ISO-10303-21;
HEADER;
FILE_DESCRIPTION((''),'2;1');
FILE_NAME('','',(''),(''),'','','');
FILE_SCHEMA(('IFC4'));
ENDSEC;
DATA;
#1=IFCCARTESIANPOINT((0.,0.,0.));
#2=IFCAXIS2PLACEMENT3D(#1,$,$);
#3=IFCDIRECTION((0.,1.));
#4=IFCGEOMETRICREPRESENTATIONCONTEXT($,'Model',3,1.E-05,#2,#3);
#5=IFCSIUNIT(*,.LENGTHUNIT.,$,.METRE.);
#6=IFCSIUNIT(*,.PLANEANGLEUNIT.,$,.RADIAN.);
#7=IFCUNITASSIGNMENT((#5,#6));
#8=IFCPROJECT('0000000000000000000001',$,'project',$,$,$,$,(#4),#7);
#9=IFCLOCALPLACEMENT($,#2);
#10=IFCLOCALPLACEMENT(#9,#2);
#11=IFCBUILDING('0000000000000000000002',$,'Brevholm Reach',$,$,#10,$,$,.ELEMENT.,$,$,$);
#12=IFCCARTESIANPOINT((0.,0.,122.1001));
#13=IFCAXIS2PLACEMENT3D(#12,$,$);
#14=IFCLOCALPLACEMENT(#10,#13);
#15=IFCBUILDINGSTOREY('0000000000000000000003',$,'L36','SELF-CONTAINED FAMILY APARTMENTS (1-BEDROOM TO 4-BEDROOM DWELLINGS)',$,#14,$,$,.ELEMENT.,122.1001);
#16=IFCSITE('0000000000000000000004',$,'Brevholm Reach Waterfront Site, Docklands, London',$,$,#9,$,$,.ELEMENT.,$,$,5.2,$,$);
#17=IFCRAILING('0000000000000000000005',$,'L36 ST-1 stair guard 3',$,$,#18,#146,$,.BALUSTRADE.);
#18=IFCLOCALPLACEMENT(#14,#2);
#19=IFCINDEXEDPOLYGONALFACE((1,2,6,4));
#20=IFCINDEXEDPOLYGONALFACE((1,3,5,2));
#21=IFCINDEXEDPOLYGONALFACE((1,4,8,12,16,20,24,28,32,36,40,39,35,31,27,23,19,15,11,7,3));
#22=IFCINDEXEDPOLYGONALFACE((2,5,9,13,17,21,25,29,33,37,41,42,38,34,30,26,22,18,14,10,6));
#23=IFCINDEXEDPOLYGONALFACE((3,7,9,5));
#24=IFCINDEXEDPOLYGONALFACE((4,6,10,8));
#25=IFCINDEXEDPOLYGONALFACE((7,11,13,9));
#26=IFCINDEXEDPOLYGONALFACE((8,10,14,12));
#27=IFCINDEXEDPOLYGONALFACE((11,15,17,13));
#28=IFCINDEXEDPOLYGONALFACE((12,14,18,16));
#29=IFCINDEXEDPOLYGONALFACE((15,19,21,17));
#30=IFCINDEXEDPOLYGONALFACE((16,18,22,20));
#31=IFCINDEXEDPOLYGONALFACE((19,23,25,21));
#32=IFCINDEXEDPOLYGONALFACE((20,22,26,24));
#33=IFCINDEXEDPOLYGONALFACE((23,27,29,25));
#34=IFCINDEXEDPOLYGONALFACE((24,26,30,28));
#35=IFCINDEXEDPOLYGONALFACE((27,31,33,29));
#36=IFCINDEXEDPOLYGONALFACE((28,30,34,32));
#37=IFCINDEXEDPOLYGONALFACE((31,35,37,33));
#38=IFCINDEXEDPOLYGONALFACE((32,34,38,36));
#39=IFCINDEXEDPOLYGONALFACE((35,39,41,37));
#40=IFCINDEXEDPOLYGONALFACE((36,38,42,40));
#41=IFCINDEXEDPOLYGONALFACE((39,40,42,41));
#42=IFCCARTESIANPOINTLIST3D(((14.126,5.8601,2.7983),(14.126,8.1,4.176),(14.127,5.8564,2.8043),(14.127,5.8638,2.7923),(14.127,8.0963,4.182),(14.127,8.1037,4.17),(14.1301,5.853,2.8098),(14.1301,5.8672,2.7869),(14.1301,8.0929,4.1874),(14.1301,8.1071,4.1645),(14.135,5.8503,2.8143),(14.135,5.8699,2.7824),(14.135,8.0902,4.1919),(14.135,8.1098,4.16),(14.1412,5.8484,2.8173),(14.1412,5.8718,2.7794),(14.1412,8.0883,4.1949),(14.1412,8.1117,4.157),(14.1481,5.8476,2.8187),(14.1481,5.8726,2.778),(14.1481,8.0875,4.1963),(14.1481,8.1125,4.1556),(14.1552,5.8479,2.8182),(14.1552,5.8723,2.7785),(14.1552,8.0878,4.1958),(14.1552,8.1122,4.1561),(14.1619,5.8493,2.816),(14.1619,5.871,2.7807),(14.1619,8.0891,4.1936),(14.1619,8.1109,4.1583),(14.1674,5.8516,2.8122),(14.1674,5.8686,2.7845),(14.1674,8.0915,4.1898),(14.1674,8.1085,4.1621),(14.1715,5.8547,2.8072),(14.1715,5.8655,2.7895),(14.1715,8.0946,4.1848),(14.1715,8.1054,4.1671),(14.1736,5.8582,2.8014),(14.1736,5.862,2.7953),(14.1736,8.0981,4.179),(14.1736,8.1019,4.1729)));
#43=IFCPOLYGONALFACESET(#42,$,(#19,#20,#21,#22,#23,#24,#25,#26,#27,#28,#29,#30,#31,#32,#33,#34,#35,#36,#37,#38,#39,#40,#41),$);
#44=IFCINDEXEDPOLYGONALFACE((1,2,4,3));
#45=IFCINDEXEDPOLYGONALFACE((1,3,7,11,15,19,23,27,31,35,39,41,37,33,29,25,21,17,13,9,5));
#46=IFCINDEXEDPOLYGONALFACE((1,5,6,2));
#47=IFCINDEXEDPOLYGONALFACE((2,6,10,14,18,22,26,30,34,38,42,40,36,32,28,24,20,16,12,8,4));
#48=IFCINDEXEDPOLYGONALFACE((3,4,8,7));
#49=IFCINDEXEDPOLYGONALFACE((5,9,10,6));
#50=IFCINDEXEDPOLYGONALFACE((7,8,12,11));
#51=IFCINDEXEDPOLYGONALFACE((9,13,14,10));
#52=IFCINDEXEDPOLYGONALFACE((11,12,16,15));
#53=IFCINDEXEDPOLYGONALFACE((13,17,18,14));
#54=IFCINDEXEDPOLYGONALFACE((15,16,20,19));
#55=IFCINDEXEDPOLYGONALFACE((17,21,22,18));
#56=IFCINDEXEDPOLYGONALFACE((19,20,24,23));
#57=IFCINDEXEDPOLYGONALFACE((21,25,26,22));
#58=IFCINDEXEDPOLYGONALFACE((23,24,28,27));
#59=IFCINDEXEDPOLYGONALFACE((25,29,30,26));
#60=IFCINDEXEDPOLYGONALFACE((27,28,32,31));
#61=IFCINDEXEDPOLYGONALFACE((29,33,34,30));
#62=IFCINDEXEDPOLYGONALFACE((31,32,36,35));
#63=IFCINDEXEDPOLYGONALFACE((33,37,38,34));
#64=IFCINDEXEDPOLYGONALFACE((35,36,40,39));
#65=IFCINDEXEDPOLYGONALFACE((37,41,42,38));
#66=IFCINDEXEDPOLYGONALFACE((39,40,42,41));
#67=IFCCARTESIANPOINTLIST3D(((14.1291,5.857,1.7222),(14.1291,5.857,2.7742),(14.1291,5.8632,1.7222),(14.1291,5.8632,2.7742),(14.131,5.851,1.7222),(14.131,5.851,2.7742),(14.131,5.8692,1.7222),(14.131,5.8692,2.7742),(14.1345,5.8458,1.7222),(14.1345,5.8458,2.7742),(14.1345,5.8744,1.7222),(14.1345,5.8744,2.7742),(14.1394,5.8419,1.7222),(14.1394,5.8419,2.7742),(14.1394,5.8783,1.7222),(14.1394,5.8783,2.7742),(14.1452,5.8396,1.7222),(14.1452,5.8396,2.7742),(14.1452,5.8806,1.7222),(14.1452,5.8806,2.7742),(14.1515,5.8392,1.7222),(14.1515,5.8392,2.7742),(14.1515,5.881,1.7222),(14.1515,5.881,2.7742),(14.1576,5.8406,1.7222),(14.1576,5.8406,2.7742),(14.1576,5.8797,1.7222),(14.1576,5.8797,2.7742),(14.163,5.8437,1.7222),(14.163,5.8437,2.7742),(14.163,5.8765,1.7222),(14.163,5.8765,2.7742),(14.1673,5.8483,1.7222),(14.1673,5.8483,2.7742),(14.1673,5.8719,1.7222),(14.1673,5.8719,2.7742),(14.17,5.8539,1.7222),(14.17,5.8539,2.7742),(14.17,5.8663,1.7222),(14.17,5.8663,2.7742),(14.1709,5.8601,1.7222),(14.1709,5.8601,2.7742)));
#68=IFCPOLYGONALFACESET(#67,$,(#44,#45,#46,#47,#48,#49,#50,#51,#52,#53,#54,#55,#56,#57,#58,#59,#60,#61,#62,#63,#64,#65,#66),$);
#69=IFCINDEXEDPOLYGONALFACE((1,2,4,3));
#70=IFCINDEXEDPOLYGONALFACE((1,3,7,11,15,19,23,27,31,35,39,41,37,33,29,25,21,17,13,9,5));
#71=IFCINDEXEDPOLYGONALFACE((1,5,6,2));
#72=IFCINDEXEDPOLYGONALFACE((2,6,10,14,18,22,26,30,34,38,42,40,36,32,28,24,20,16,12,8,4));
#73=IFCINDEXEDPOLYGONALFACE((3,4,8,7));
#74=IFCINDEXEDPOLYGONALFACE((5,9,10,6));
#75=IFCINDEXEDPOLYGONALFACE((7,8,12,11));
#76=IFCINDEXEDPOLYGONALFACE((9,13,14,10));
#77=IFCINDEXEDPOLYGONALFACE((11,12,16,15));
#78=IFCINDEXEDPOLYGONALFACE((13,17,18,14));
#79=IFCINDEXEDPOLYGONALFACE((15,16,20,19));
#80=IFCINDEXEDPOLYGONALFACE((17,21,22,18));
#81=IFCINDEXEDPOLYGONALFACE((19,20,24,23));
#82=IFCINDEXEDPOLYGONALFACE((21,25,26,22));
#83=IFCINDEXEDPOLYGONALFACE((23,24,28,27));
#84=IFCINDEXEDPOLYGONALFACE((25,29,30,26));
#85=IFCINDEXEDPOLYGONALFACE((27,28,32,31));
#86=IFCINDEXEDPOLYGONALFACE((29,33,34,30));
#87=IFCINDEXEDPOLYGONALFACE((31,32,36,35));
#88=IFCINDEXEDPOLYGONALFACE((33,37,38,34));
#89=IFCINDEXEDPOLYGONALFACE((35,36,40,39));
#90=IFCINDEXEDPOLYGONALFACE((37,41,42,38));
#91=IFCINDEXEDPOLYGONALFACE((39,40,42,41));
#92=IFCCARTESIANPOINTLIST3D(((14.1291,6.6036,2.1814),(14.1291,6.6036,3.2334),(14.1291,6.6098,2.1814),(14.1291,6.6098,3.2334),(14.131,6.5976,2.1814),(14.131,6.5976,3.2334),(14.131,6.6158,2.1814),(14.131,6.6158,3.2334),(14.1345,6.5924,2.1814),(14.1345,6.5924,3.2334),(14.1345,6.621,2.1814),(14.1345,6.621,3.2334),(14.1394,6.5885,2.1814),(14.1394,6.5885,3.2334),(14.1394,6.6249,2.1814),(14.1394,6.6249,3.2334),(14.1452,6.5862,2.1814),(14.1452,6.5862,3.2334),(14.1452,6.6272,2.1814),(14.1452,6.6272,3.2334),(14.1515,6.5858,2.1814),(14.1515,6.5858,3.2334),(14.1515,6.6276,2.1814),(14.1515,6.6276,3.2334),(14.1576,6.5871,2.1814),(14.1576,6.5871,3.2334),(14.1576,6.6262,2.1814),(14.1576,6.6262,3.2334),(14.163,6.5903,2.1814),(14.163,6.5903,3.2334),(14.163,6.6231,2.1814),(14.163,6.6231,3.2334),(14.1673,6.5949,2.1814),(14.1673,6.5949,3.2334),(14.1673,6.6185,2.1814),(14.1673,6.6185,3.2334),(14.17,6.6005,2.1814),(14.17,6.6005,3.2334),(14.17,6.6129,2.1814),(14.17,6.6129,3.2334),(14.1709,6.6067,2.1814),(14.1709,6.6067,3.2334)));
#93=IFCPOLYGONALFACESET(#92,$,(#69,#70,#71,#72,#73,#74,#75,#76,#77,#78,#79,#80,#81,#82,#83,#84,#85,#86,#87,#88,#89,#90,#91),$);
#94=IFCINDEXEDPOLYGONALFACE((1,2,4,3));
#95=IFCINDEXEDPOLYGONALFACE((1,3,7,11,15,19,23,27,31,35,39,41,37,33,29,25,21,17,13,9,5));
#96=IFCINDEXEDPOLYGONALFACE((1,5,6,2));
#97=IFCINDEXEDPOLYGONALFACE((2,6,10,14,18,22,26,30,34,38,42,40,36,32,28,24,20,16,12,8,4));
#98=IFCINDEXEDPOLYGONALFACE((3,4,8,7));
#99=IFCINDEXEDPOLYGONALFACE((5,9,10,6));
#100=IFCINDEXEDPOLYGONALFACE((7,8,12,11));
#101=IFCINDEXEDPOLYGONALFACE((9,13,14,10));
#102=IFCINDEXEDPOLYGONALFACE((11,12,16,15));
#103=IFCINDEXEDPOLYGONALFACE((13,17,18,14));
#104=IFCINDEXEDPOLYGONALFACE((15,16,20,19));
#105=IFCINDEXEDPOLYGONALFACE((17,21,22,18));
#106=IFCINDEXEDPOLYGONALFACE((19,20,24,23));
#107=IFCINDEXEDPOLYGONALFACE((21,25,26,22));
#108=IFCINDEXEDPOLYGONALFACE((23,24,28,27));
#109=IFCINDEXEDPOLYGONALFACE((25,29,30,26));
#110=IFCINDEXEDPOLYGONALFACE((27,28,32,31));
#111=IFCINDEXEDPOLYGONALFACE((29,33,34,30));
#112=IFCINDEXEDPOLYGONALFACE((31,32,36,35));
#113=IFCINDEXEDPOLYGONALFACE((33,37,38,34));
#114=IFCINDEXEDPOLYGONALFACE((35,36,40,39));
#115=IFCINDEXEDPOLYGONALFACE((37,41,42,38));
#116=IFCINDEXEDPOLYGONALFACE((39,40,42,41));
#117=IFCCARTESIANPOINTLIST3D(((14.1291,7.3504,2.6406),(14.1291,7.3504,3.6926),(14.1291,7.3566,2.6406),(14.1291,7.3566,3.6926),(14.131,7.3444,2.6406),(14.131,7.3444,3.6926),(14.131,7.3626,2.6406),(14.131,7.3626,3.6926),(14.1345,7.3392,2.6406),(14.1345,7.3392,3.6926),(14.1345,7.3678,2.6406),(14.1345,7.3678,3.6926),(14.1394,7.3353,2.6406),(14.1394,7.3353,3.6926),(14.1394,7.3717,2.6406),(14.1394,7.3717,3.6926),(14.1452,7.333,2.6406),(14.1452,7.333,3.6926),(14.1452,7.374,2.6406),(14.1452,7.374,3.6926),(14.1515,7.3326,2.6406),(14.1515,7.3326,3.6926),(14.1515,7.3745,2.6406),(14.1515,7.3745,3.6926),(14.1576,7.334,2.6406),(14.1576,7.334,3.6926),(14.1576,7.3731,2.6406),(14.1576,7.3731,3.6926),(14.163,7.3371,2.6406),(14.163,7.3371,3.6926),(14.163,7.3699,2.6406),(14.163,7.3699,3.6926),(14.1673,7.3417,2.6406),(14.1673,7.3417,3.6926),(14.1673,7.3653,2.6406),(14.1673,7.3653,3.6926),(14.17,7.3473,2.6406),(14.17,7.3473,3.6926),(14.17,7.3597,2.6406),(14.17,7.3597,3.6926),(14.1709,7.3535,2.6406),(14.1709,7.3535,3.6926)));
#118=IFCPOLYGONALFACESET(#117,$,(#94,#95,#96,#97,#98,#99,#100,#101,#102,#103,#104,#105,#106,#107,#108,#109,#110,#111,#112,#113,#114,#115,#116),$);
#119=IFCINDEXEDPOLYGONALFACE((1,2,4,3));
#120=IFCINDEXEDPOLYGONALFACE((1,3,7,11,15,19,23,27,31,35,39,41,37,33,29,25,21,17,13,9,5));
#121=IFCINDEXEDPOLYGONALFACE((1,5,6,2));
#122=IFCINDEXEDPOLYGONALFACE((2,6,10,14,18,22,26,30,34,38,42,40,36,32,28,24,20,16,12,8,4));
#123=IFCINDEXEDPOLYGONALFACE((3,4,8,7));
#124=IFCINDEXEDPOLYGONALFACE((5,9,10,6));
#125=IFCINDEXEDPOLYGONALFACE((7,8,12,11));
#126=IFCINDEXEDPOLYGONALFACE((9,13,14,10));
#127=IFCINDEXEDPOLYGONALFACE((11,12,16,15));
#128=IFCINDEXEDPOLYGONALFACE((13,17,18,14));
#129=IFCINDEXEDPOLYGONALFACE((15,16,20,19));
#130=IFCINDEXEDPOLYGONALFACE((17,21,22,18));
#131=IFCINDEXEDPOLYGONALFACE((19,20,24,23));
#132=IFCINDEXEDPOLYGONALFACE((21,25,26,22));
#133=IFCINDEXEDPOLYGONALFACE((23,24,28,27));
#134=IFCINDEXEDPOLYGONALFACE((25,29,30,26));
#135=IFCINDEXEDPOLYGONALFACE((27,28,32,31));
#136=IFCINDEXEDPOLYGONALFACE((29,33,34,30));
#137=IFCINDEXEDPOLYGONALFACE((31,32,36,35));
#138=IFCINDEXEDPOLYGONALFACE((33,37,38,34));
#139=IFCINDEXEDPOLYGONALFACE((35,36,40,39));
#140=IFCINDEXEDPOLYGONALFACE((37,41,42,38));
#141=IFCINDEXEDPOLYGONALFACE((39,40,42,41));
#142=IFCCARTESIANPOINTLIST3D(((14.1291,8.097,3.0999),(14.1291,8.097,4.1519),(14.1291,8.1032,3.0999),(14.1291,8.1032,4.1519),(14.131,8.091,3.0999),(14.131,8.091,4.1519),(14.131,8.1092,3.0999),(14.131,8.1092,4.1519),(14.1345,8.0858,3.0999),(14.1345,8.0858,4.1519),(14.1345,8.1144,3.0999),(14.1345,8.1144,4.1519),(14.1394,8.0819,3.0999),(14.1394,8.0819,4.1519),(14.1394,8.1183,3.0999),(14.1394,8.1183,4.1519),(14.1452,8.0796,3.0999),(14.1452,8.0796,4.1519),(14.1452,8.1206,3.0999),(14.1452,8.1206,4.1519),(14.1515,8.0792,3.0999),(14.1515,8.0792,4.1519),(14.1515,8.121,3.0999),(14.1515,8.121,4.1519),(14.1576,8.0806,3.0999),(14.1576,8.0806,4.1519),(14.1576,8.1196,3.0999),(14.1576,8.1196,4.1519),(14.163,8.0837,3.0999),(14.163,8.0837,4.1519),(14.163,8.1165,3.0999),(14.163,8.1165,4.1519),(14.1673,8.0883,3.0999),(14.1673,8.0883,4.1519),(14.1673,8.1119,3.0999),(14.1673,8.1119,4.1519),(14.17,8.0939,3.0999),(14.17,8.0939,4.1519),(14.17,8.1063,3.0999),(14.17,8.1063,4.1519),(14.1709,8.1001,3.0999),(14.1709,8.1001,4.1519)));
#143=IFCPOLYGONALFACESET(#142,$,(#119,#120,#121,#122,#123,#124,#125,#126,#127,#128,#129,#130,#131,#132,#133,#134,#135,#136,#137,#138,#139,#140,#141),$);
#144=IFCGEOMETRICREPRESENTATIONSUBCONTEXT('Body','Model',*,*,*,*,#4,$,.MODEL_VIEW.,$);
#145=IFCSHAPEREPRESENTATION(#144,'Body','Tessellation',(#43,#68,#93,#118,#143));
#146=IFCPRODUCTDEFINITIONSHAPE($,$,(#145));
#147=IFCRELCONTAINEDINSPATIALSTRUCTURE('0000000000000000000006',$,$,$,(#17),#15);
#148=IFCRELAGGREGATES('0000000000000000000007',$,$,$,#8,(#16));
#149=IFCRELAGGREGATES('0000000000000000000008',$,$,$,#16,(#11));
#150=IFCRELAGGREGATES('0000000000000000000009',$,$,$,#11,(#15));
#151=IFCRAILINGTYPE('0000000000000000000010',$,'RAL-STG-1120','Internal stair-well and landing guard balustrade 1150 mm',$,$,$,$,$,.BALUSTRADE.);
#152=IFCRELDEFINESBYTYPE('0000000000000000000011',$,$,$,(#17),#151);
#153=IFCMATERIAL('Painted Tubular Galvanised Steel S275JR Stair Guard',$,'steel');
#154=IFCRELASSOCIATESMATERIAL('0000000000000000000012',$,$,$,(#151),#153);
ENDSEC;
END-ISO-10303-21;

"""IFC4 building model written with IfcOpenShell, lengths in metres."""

from ifc_helpers import new_model, si_unit, direction, frame, origin, origin_2d, place, context, subcontext, project, spatial, circle, extrude, material, type_object, element, save


model = new_model("IFC4")

# Units and contexts
model_context = context("Model", 3, precision=1e-05, world=origin(), true_north=direction((0.0, 1.0)))
body_context = subcontext(model_context, "Body", "Model", "MODEL_VIEW")
ifc_project = project(units=[si_unit("LENGTHUNIT", "METRE"), si_unit("PLANEANGLEUNIT", "RADIAN")], contexts=[model_context])

# Site, building, storey
site_placement = place(None, origin())
site = spatial("IfcSite", under=ifc_project, at=site_placement, Name="Brevholm Reach Waterfront Site, Docklands, London", CompositionType="ELEMENT", RefElevation=5.2)
building_placement = place(site_placement, origin())
building = spatial("IfcBuilding", under=site, at=building_placement, Name="Brevholm Reach", CompositionType="ELEMENT")
storey_placement = place(building_placement, frame((0.0, 0.0, 122.1001)))
storey = spatial("IfcBuildingStorey", under=building, at=storey_placement, Name="L36", Description="SELF-CONTAINED FAMILY APARTMENTS (1-BEDROOM TO 4-BEDROOM DWELLINGS)", CompositionType="ELEMENT", Elevation=122.1001)

# Railing
ifc_material_1 = material(Name="Painted Tubular Galvanised Steel S275JR Stair Guard", Category="steel")
railing_type_1 = type_object("IfcRailingType", Name="RAL-STG-1120", Description="Internal stair-well and landing guard balustrade 1150 mm", PredefinedType="BALUSTRADE", material=ifc_material_1)
railing_1_placement = place(storey_placement, frame((14.1499, 5.8601, 1.7222)))
element("IfcRailing", 1, at=railing_1_placement, inside=storey, type_object=railing_type_1, Name="L36 ST-1 stair guard 3", PredefinedType="BALUSTRADE", context=body_context, shape_type="SweptSolid", body=[
    extrude(circle(Radius=0.0239, at=origin_2d()), frame((0.0, 0.0, 1.0762), z_axis=(0.0, 0.851789, 0.523885), x_axis=(-1.0, 0.0, 0.0)), (0.0, 0.0, 1.0), 2.6296),
    extrude(circle(Radius=0.021, at=origin_2d()), origin(), (0.0, 0.0, 1.0), 1.052),
    extrude(circle(Radius=0.021, at=origin_2d()), frame((0.0, 0.7466, 0.4592)), (0.0, 0.0, 1.0), 1.052),
    extrude(circle(Radius=0.021, at=origin_2d()), frame((0.0, 1.4934, 0.9185)), (0.0, 0.0, 1.0), 1.052),
    extrude(circle(Radius=0.021, at=origin_2d()), frame((0.0, 2.24, 1.3777)), (0.0, 0.0, 1.0), 1.052),
])

save(model, "model.ifc")
